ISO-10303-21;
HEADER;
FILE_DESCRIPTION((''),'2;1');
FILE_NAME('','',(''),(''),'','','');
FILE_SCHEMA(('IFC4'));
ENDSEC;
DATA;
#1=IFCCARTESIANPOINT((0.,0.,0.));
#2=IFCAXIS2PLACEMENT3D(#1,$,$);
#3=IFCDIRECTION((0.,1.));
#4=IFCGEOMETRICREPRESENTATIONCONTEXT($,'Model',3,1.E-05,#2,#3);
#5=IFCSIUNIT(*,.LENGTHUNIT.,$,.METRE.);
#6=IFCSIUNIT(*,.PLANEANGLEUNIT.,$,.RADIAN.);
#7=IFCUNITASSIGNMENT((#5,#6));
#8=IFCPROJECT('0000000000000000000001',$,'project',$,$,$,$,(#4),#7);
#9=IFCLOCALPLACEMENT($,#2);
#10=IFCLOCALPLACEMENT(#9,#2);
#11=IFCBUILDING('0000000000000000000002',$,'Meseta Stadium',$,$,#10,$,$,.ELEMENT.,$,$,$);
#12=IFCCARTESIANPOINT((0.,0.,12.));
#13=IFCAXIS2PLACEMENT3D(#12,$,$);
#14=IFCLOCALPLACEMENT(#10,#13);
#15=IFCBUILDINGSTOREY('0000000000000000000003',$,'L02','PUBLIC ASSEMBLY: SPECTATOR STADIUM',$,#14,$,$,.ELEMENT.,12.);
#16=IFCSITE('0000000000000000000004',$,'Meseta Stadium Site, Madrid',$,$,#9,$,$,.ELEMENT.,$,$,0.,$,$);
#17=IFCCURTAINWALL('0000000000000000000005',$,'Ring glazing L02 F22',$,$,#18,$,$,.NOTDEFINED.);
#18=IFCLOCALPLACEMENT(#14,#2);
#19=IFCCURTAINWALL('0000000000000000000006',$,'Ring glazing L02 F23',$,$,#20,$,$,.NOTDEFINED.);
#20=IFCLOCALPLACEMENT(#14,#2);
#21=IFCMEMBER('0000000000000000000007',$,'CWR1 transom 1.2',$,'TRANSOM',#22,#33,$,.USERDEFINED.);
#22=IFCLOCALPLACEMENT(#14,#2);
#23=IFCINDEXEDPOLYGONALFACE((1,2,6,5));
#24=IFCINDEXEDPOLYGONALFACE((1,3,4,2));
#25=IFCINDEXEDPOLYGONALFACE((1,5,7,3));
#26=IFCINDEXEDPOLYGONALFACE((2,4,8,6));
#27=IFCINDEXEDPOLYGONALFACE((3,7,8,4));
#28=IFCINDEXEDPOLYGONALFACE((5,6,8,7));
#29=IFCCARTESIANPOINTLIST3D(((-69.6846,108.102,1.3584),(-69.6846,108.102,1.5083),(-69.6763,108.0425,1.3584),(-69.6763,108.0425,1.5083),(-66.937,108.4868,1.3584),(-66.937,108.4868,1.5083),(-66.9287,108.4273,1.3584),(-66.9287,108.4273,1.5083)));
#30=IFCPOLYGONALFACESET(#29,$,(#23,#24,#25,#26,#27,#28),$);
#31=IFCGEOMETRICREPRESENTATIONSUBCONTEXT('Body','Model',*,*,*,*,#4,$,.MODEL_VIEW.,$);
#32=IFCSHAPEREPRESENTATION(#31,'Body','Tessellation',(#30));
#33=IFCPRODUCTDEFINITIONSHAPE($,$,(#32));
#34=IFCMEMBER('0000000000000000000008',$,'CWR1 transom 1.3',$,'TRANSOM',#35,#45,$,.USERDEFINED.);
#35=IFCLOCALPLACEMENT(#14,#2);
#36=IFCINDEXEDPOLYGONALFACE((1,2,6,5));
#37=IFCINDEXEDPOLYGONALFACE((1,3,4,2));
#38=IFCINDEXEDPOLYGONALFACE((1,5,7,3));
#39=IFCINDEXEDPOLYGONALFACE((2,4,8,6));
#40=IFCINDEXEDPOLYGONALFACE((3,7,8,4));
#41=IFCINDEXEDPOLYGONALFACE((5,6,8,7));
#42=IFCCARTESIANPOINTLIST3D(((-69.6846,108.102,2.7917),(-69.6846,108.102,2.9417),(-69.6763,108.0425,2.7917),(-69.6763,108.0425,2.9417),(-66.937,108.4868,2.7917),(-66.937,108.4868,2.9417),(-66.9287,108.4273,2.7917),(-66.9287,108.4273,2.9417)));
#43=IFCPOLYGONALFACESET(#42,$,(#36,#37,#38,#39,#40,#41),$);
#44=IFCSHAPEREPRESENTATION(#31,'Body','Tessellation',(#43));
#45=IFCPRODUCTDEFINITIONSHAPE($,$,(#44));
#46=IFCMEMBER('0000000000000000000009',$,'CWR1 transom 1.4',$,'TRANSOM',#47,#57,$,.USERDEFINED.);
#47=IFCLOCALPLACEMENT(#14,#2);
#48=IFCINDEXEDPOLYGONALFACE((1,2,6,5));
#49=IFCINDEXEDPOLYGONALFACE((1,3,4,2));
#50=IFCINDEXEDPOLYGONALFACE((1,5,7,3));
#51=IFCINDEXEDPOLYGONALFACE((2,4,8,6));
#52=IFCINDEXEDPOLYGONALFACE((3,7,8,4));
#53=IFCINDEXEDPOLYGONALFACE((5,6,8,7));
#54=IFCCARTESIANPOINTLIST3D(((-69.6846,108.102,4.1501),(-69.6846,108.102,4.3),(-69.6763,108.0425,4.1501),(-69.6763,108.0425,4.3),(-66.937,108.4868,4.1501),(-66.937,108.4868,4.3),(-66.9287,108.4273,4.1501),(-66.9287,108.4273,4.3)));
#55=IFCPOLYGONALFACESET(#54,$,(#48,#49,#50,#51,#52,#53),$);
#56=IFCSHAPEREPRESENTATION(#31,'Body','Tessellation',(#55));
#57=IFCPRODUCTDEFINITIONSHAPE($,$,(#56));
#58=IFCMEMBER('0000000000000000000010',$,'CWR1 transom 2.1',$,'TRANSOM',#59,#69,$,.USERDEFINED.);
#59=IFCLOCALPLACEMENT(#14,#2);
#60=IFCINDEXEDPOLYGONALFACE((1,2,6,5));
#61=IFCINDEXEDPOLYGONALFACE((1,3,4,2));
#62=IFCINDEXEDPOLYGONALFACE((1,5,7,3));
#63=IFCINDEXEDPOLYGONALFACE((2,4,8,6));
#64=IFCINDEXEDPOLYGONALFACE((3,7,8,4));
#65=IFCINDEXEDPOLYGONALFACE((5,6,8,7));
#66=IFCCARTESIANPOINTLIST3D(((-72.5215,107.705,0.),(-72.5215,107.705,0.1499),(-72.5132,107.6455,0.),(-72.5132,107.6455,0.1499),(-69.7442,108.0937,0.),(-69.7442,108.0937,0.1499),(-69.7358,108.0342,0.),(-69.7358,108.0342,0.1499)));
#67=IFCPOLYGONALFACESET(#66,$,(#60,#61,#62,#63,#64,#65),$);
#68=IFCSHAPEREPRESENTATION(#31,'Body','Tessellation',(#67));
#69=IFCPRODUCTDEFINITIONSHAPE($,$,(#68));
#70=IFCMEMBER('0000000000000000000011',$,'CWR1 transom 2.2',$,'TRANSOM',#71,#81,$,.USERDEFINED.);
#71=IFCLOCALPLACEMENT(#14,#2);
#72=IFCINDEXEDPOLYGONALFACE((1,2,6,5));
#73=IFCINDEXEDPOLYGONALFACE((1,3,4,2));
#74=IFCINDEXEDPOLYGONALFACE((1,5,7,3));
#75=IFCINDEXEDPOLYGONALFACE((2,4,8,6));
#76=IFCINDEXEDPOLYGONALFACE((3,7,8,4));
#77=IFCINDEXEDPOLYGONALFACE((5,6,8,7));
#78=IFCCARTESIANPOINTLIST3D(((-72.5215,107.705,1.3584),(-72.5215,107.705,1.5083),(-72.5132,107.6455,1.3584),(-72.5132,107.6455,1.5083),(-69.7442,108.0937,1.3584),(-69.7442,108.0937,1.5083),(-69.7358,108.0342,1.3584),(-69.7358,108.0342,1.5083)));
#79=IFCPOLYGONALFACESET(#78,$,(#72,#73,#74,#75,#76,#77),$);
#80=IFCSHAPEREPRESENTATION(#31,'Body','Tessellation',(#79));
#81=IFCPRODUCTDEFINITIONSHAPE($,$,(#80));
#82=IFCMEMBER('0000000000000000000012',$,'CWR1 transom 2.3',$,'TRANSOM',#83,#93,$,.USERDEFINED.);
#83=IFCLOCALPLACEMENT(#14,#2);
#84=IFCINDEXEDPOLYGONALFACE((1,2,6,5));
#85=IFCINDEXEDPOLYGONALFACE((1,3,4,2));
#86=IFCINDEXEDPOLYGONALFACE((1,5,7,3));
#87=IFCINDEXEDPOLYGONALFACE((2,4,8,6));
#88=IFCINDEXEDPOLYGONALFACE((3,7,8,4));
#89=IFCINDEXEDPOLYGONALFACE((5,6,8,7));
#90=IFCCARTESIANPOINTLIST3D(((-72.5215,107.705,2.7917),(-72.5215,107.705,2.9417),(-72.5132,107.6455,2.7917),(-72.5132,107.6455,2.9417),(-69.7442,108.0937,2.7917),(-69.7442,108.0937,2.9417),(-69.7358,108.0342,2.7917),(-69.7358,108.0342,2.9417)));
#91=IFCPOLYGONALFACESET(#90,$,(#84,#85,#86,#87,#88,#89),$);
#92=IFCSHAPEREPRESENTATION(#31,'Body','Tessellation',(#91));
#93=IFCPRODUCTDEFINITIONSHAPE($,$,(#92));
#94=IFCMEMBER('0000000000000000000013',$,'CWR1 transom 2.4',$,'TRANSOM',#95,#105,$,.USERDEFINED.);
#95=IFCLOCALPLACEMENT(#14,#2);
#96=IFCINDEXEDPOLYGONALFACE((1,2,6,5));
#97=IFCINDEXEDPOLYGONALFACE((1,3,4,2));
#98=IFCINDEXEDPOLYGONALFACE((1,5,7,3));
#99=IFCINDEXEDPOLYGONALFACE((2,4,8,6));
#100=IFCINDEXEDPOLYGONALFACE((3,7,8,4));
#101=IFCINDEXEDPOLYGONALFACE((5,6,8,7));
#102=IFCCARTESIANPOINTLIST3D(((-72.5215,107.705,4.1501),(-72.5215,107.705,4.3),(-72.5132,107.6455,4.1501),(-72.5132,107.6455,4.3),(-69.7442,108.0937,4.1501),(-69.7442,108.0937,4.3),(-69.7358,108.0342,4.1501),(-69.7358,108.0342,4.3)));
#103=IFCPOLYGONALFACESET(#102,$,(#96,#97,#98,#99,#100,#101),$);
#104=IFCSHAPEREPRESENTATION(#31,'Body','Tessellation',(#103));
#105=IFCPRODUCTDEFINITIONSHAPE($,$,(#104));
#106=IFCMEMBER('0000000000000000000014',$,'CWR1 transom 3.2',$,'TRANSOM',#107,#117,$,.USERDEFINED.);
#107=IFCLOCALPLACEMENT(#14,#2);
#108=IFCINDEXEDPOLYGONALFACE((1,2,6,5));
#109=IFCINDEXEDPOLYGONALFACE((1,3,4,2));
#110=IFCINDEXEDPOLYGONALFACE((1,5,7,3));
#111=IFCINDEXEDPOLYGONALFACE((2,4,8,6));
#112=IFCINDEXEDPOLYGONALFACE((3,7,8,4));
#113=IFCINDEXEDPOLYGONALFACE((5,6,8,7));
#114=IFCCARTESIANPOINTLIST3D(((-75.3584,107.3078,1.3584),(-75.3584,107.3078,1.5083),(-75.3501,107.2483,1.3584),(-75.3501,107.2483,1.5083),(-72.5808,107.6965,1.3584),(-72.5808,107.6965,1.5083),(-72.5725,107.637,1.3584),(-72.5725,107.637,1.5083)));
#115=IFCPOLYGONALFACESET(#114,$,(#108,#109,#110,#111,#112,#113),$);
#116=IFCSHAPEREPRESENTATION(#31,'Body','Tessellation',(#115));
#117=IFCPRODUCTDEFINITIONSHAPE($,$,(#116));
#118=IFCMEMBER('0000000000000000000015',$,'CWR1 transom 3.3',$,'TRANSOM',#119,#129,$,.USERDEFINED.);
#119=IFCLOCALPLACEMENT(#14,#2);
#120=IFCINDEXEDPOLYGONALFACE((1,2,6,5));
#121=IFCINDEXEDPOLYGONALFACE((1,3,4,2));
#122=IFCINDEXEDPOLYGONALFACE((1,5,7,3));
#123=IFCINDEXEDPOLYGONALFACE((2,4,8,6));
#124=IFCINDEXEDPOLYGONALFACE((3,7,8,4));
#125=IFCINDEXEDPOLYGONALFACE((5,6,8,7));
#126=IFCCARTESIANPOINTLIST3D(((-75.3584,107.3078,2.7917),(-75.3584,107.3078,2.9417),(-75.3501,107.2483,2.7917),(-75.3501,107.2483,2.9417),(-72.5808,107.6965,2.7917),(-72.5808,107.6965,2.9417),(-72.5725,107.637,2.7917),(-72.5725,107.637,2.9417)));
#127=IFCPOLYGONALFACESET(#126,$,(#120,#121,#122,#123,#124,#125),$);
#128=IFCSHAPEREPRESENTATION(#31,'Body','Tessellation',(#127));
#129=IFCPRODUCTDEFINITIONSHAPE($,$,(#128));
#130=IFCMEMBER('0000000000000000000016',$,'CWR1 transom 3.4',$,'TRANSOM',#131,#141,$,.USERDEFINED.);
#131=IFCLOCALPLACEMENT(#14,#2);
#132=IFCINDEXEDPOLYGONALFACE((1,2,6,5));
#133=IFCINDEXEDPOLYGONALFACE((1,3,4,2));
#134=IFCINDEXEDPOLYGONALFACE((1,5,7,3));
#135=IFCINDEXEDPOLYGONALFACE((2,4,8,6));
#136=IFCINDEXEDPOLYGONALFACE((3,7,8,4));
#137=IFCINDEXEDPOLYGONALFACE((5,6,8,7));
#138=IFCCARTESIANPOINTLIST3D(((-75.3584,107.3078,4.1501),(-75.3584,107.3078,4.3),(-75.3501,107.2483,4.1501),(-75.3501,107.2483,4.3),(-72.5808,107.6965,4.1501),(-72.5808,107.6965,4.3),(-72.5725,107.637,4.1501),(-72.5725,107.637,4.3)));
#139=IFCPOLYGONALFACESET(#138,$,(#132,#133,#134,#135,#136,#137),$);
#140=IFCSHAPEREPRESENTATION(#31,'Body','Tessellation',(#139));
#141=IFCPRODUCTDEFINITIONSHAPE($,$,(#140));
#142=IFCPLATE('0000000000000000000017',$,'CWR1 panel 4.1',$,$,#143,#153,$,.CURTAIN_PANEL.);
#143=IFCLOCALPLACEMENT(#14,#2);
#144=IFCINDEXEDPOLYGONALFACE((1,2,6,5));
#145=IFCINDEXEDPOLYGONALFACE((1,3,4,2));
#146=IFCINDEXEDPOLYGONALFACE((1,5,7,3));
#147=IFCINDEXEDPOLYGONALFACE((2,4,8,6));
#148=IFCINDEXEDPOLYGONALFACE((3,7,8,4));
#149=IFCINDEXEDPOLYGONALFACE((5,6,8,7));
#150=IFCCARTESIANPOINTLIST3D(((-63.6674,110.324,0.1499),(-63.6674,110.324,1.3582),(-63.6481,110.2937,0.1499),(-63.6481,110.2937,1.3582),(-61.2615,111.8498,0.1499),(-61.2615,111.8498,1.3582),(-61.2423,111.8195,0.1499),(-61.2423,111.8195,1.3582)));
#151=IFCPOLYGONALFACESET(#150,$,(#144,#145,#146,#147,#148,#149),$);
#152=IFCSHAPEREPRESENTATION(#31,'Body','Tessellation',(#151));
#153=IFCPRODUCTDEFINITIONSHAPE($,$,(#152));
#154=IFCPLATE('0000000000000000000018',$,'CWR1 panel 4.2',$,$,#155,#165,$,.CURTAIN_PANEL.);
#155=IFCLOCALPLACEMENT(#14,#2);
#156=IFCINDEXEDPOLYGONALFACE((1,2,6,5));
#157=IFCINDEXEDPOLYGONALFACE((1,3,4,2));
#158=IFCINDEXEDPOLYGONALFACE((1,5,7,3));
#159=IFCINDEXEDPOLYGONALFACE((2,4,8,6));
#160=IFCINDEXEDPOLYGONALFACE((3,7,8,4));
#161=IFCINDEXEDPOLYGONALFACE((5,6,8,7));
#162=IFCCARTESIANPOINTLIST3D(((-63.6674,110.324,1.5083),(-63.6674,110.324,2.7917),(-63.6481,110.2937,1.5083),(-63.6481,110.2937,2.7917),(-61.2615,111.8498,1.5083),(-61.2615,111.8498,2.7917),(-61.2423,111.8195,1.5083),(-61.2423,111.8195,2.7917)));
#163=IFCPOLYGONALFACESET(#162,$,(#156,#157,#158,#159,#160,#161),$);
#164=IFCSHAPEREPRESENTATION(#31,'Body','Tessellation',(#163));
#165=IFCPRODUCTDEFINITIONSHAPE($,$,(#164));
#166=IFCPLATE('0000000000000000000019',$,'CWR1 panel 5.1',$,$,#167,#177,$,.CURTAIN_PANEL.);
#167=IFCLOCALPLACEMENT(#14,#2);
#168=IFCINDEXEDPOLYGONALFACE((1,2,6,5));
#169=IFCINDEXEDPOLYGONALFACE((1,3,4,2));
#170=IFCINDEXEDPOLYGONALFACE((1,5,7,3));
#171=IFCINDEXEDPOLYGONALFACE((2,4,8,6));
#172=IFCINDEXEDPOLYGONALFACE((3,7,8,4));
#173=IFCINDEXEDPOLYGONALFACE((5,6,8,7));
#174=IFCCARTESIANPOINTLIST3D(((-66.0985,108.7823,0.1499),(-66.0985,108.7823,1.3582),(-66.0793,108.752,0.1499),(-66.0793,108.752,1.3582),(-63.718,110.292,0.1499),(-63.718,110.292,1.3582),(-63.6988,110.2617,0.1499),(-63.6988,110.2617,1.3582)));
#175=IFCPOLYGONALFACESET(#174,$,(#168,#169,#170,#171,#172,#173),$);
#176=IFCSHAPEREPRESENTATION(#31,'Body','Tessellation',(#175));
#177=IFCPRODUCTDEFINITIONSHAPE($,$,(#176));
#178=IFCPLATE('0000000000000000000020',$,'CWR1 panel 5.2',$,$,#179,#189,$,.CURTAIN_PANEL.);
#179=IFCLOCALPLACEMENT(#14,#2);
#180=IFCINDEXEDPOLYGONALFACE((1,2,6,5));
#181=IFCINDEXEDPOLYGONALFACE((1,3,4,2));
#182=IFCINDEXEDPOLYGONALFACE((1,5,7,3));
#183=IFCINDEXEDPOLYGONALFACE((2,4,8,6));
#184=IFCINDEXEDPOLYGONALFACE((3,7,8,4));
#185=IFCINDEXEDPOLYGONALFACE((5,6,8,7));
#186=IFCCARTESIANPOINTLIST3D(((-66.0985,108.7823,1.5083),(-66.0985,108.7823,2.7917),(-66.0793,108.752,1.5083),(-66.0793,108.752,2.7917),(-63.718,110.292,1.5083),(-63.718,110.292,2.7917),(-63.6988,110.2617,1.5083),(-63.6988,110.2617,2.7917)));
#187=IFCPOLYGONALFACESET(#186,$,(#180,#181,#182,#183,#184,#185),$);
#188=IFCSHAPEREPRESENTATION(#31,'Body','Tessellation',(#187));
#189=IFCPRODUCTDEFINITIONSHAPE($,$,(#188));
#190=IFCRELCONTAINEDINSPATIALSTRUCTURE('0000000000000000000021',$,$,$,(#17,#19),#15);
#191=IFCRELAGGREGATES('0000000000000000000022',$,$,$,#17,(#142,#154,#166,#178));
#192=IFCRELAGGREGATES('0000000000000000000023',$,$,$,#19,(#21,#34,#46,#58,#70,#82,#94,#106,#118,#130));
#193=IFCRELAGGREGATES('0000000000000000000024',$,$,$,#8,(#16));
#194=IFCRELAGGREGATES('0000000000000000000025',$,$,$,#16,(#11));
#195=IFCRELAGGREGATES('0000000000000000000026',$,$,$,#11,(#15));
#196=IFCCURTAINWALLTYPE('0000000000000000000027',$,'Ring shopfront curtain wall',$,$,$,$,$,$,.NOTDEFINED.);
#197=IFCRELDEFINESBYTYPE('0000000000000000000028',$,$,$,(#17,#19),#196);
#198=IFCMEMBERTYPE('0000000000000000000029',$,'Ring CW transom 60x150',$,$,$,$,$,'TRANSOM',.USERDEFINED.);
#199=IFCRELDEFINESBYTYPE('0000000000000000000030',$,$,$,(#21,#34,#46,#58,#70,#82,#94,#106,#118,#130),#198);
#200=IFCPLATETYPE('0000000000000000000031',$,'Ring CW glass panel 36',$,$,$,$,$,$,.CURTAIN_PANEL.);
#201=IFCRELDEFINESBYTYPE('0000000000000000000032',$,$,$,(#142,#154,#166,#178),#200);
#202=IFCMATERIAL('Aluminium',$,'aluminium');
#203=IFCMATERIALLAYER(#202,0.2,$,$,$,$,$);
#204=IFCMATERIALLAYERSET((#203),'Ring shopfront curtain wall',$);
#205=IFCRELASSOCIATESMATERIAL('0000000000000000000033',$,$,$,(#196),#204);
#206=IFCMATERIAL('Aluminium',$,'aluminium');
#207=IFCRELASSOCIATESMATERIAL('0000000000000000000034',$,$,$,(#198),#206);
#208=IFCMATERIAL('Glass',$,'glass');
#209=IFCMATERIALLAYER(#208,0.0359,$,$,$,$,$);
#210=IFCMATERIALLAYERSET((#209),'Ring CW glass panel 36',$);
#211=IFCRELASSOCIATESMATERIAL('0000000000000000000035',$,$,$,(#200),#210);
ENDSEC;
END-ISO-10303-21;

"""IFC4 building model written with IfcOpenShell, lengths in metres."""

from ifc_helpers import new_model, si_unit, direction, frame, origin, origin_2d, place, context, subcontext, project, spatial, rectangle, extrude, material, layer, layer_set, material_profile, profile_set, type_object, element, aggregate, save


model = new_model("IFC4")

# Units and contexts
model_context = context("Model", 3, precision=1e-05, world=origin(), true_north=direction((0.0, 1.0)))
body_context = subcontext(model_context, "Body", "Model", "MODEL_VIEW")
ifc_project = project(units=[si_unit("LENGTHUNIT", "METRE"), si_unit("PLANEANGLEUNIT", "RADIAN")], contexts=[model_context])

# Site, building, storey
site_placement = place(None, origin())
site = spatial("IfcSite", under=ifc_project, at=site_placement, Name="Meseta Stadium Site, Madrid", CompositionType="ELEMENT", RefElevation=0.0)
building_placement = place(site_placement, origin())
building = spatial("IfcBuilding", under=site, at=building_placement, Name="Meseta Stadium", CompositionType="ELEMENT")
storey_placement = place(building_placement, frame((0.0, 0.0, 12.0)))
storey = spatial("IfcBuildingStorey", under=building, at=storey_placement, Name="L02", Description="PUBLIC ASSEMBLY: SPECTATOR STADIUM", CompositionType="ELEMENT", Elevation=12.0)

# Curtain walls
ifc_material_1 = material(Name="Aluminium", Category="aluminium")
ifc_layer_1 = layer(ifc_material_1, 0.2)
ifc_layer_set_1 = layer_set([ifc_layer_1], Name="Ring shopfront curtain wall")
curtain_wall_type = type_object("IfcCurtainWallType", Name="Ring shopfront curtain wall", PredefinedType="NOTDEFINED", material=ifc_layer_set_1)
curtain_wall_1_placement = place(storey_placement, origin())
curtain_wall_1 = element("IfcCurtainWall", 1, at=curtain_wall_1_placement, inside=storey, type_object=curtain_wall_type, Name="Ring glazing L02 F22", PredefinedType="NOTDEFINED")
curtain_wall_2_placement = place(storey_placement, origin())
curtain_wall_2 = element("IfcCurtainWall", 2, at=curtain_wall_2_placement, inside=storey, type_object=curtain_wall_type, Name="Ring glazing L02 F23", PredefinedType="NOTDEFINED")

# Members
ifc_material_2 = material(Name="Aluminium", Category="aluminium")
ifc_material_profile_1 = material_profile(ifc_material_2, rectangle(XDim=0.0601, YDim=0.1499, at=origin_2d()), Name="CW 60x150")
ifc_profile_set_1 = profile_set([ifc_material_profile_1], Name="Aluminium")
member_type_1 = type_object("IfcMemberType", Name="Ring CW transom 60x150", ElementType="TRANSOM", PredefinedType="USERDEFINED", material=ifc_profile_set_1)
member_1_placement = place(storey_placement, frame((-66.9329, 108.457, 1.4333), z_axis=(-0.990336, -0.138686, 0.0), x_axis=(0.138686, -0.990336, 0.0)))
member_1 = element("IfcMember", 3, at=member_1_placement, type_object=member_type_1, Name="CWR1 transom 1.2", ObjectType="TRANSOM", PredefinedType="USERDEFINED", context=body_context, shape_type="SweptSolid", body=[
    extrude(rectangle(XDim=0.0601, YDim=0.1499, at=origin_2d()), origin(), (0.0, 0.0, 1.0), 2.7744),
])
member_2_placement = place(storey_placement, frame((-66.9329, 108.457, 2.8667), z_axis=(-0.990336, -0.138686, 0.0), x_axis=(0.138686, -0.990336, 0.0)))
member_2 = element("IfcMember", 4, at=member_2_placement, type_object=member_type_1, Name="CWR1 transom 1.3", ObjectType="TRANSOM", PredefinedType="USERDEFINED", context=body_context, shape_type="SweptSolid", body=[
    extrude(rectangle(XDim=0.0601, YDim=0.1499, at=origin_2d()), origin(), (0.0, 0.0, 1.0), 2.7744),
])
member_3_placement = place(storey_placement, frame((-66.9329, 108.457, 4.2251), z_axis=(-0.990336, -0.138686, 0.0), x_axis=(0.138686, -0.990336, 0.0)))
member_3 = element("IfcMember", 5, at=member_3_placement, type_object=member_type_1, Name="CWR1 transom 1.4", ObjectType="TRANSOM", PredefinedType="USERDEFINED", context=body_context, shape_type="SweptSolid", body=[
    extrude(rectangle(XDim=0.0601, YDim=0.1499, at=origin_2d()), origin(), (0.0, 0.0, 1.0), 2.7744),
])
member_4_placement = place(storey_placement, frame((-69.74, 108.064, 0.075), z_axis=(-0.990349, -0.138593, 0.0), x_axis=(0.138593, -0.990349, 0.0)))
member_4 = element("IfcMember", 6, at=member_4_placement, type_object=member_type_1, Name="CWR1 transom 2.1", ObjectType="TRANSOM", PredefinedType="USERDEFINED", context=body_context, shape_type="SweptSolid", body=[
    extrude(rectangle(XDim=0.0601, YDim=0.1499, at=origin_2d()), origin(), (0.0, 0.0, 1.0), 2.8044),
])
member_5_placement = place(storey_placement, frame((-69.74, 108.064, 1.4333), z_axis=(-0.990349, -0.138593, 0.0), x_axis=(0.138593, -0.990349, 0.0)))
member_5 = element("IfcMember", 7, at=member_5_placement, type_object=member_type_1, Name="CWR1 transom 2.2", ObjectType="TRANSOM", PredefinedType="USERDEFINED", context=body_context, shape_type="SweptSolid", body=[
    extrude(rectangle(XDim=0.0601, YDim=0.1499, at=origin_2d()), origin(), (0.0, 0.0, 1.0), 2.8044),
])
member_6_placement = place(storey_placement, frame((-69.74, 108.064, 2.8667), z_axis=(-0.990349, -0.138593, 0.0), x_axis=(0.138593, -0.990349, 0.0)))
member_6 = element("IfcMember", 8, at=member_6_placement, type_object=member_type_1, Name="CWR1 transom 2.3", ObjectType="TRANSOM", PredefinedType="USERDEFINED", context=body_context, shape_type="SweptSolid", body=[
    extrude(rectangle(XDim=0.0601, YDim=0.1499, at=origin_2d()), origin(), (0.0, 0.0, 1.0), 2.8044),
])
member_7_placement = place(storey_placement, frame((-69.74, 108.064, 4.2251), z_axis=(-0.990349, -0.138593, 0.0), x_axis=(0.138593, -0.990349, 0.0)))
member_7 = element("IfcMember", 9, at=member_7_placement, type_object=member_type_1, Name="CWR1 transom 2.4", ObjectType="TRANSOM", PredefinedType="USERDEFINED", context=body_context, shape_type="SweptSolid", body=[
    extrude(rectangle(XDim=0.0601, YDim=0.1499, at=origin_2d()), origin(), (0.0, 0.0, 1.0), 2.8044),
])
member_8_placement = place(storey_placement, frame((-72.5767, 107.6667, 1.4333), z_axis=(-0.990351, -0.138581, 0.0), x_axis=(0.138581, -0.990351, 0.0)))
member_8 = element("IfcMember", 10, at=member_8_placement, type_object=member_type_1, Name="CWR1 transom 3.2", ObjectType="TRANSOM", PredefinedType="USERDEFINED", context=body_context, shape_type="SweptSolid", body=[
    extrude(rectangle(XDim=0.0601, YDim=0.1499, at=origin_2d()), origin(), (0.0, 0.0, 1.0), 2.8047),
])
member_9_placement = place(storey_placement, frame((-72.5767, 107.6667, 2.8667), z_axis=(-0.990351, -0.138581, 0.0), x_axis=(0.138581, -0.990351, 0.0)))
member_9 = element("IfcMember", 11, at=member_9_placement, type_object=member_type_1, Name="CWR1 transom 3.3", ObjectType="TRANSOM", PredefinedType="USERDEFINED", context=body_context, shape_type="SweptSolid", body=[
    extrude(rectangle(XDim=0.0601, YDim=0.1499, at=origin_2d()), origin(), (0.0, 0.0, 1.0), 2.8047),
])
member_10_placement = place(storey_placement, frame((-72.5767, 107.6667, 4.2251), z_axis=(-0.990351, -0.138581, 0.0), x_axis=(0.138581, -0.990351, 0.0)))
member_10 = element("IfcMember", 12, at=member_10_placement, type_object=member_type_1, Name="CWR1 transom 3.4", ObjectType="TRANSOM", PredefinedType="USERDEFINED", context=body_context, shape_type="SweptSolid", body=[
    extrude(rectangle(XDim=0.0601, YDim=0.1499, at=origin_2d()), origin(), (0.0, 0.0, 1.0), 2.8047),
])

# Plates
ifc_material_3 = material(Name="Glass", Category="glass")
ifc_layer_2 = layer(ifc_material_3, 0.0359)
ifc_layer_set_2 = layer_set([ifc_layer_2], Name="Ring CW glass panel 36")
plate_type = type_object("IfcPlateType", Name="Ring CW glass panel 36", PredefinedType="CURTAIN_PANEL", material=ifc_layer_set_2)
plate_1_placement = place(storey_placement, frame((-62.4548, 111.0718, 0.1499), z_axis=(0.0, 0.0, 1.0), x_axis=(-0.844491, -0.535569, 0.0)))
plate_1 = element("IfcPlate", 13, at=plate_1_placement, type_object=plate_type, Name="CWR1 panel 4.1", PredefinedType="CURTAIN_PANEL", context=body_context, shape_type="SweptSolid", body=[
    extrude(rectangle(XDim=2.8489, YDim=0.0359, at=origin_2d()), origin(), (0.0, 0.0, 1.0), 1.2083),
])
plate_2_placement = place(storey_placement, frame((-62.4548, 111.0718, 1.5083), z_axis=(0.0, 0.0, 1.0), x_axis=(-0.844491, -0.535569, 0.0)))
plate_2 = element("IfcPlate", 14, at=plate_2_placement, type_object=plate_type, Name="CWR1 panel 4.2", PredefinedType="CURTAIN_PANEL", context=body_context, shape_type="SweptSolid", body=[
    extrude(rectangle(XDim=2.8489, YDim=0.0359, at=origin_2d()), origin(), (0.0, 0.0, 1.0), 1.2834),
])
plate_3_placement = place(storey_placement, frame((-64.8987, 109.522, 0.1499), z_axis=(0.0, 0.0, 1.0), x_axis=(-0.844491, -0.535569, 0.0)))
plate_3 = element("IfcPlate", 15, at=plate_3_placement, type_object=plate_type, Name="CWR1 panel 5.1", PredefinedType="CURTAIN_PANEL", context=body_context, shape_type="SweptSolid", body=[
    extrude(rectangle(XDim=2.8188, YDim=0.0359, at=origin_2d()), origin(), (0.0, 0.0, 1.0), 1.2083),
])
plate_4_placement = place(storey_placement, frame((-64.8987, 109.522, 1.5083), z_axis=(0.0, 0.0, 1.0), x_axis=(-0.844491, -0.535569, 0.0)))
plate_4 = element("IfcPlate", 16, at=plate_4_placement, type_object=plate_type, Name="CWR1 panel 5.2", PredefinedType="CURTAIN_PANEL", context=body_context, shape_type="SweptSolid", body=[
    extrude(rectangle(XDim=2.8188, YDim=0.0359, at=origin_2d()), origin(), (0.0, 0.0, 1.0), 1.2834),
])
aggregate(curtain_wall_1, [plate_1, plate_2, plate_3, plate_4])
aggregate(curtain_wall_2, [member_1, member_2, member_3, member_4, member_5, member_6, member_7, member_8, member_9, member_10])

save(model, "model.ifc")
